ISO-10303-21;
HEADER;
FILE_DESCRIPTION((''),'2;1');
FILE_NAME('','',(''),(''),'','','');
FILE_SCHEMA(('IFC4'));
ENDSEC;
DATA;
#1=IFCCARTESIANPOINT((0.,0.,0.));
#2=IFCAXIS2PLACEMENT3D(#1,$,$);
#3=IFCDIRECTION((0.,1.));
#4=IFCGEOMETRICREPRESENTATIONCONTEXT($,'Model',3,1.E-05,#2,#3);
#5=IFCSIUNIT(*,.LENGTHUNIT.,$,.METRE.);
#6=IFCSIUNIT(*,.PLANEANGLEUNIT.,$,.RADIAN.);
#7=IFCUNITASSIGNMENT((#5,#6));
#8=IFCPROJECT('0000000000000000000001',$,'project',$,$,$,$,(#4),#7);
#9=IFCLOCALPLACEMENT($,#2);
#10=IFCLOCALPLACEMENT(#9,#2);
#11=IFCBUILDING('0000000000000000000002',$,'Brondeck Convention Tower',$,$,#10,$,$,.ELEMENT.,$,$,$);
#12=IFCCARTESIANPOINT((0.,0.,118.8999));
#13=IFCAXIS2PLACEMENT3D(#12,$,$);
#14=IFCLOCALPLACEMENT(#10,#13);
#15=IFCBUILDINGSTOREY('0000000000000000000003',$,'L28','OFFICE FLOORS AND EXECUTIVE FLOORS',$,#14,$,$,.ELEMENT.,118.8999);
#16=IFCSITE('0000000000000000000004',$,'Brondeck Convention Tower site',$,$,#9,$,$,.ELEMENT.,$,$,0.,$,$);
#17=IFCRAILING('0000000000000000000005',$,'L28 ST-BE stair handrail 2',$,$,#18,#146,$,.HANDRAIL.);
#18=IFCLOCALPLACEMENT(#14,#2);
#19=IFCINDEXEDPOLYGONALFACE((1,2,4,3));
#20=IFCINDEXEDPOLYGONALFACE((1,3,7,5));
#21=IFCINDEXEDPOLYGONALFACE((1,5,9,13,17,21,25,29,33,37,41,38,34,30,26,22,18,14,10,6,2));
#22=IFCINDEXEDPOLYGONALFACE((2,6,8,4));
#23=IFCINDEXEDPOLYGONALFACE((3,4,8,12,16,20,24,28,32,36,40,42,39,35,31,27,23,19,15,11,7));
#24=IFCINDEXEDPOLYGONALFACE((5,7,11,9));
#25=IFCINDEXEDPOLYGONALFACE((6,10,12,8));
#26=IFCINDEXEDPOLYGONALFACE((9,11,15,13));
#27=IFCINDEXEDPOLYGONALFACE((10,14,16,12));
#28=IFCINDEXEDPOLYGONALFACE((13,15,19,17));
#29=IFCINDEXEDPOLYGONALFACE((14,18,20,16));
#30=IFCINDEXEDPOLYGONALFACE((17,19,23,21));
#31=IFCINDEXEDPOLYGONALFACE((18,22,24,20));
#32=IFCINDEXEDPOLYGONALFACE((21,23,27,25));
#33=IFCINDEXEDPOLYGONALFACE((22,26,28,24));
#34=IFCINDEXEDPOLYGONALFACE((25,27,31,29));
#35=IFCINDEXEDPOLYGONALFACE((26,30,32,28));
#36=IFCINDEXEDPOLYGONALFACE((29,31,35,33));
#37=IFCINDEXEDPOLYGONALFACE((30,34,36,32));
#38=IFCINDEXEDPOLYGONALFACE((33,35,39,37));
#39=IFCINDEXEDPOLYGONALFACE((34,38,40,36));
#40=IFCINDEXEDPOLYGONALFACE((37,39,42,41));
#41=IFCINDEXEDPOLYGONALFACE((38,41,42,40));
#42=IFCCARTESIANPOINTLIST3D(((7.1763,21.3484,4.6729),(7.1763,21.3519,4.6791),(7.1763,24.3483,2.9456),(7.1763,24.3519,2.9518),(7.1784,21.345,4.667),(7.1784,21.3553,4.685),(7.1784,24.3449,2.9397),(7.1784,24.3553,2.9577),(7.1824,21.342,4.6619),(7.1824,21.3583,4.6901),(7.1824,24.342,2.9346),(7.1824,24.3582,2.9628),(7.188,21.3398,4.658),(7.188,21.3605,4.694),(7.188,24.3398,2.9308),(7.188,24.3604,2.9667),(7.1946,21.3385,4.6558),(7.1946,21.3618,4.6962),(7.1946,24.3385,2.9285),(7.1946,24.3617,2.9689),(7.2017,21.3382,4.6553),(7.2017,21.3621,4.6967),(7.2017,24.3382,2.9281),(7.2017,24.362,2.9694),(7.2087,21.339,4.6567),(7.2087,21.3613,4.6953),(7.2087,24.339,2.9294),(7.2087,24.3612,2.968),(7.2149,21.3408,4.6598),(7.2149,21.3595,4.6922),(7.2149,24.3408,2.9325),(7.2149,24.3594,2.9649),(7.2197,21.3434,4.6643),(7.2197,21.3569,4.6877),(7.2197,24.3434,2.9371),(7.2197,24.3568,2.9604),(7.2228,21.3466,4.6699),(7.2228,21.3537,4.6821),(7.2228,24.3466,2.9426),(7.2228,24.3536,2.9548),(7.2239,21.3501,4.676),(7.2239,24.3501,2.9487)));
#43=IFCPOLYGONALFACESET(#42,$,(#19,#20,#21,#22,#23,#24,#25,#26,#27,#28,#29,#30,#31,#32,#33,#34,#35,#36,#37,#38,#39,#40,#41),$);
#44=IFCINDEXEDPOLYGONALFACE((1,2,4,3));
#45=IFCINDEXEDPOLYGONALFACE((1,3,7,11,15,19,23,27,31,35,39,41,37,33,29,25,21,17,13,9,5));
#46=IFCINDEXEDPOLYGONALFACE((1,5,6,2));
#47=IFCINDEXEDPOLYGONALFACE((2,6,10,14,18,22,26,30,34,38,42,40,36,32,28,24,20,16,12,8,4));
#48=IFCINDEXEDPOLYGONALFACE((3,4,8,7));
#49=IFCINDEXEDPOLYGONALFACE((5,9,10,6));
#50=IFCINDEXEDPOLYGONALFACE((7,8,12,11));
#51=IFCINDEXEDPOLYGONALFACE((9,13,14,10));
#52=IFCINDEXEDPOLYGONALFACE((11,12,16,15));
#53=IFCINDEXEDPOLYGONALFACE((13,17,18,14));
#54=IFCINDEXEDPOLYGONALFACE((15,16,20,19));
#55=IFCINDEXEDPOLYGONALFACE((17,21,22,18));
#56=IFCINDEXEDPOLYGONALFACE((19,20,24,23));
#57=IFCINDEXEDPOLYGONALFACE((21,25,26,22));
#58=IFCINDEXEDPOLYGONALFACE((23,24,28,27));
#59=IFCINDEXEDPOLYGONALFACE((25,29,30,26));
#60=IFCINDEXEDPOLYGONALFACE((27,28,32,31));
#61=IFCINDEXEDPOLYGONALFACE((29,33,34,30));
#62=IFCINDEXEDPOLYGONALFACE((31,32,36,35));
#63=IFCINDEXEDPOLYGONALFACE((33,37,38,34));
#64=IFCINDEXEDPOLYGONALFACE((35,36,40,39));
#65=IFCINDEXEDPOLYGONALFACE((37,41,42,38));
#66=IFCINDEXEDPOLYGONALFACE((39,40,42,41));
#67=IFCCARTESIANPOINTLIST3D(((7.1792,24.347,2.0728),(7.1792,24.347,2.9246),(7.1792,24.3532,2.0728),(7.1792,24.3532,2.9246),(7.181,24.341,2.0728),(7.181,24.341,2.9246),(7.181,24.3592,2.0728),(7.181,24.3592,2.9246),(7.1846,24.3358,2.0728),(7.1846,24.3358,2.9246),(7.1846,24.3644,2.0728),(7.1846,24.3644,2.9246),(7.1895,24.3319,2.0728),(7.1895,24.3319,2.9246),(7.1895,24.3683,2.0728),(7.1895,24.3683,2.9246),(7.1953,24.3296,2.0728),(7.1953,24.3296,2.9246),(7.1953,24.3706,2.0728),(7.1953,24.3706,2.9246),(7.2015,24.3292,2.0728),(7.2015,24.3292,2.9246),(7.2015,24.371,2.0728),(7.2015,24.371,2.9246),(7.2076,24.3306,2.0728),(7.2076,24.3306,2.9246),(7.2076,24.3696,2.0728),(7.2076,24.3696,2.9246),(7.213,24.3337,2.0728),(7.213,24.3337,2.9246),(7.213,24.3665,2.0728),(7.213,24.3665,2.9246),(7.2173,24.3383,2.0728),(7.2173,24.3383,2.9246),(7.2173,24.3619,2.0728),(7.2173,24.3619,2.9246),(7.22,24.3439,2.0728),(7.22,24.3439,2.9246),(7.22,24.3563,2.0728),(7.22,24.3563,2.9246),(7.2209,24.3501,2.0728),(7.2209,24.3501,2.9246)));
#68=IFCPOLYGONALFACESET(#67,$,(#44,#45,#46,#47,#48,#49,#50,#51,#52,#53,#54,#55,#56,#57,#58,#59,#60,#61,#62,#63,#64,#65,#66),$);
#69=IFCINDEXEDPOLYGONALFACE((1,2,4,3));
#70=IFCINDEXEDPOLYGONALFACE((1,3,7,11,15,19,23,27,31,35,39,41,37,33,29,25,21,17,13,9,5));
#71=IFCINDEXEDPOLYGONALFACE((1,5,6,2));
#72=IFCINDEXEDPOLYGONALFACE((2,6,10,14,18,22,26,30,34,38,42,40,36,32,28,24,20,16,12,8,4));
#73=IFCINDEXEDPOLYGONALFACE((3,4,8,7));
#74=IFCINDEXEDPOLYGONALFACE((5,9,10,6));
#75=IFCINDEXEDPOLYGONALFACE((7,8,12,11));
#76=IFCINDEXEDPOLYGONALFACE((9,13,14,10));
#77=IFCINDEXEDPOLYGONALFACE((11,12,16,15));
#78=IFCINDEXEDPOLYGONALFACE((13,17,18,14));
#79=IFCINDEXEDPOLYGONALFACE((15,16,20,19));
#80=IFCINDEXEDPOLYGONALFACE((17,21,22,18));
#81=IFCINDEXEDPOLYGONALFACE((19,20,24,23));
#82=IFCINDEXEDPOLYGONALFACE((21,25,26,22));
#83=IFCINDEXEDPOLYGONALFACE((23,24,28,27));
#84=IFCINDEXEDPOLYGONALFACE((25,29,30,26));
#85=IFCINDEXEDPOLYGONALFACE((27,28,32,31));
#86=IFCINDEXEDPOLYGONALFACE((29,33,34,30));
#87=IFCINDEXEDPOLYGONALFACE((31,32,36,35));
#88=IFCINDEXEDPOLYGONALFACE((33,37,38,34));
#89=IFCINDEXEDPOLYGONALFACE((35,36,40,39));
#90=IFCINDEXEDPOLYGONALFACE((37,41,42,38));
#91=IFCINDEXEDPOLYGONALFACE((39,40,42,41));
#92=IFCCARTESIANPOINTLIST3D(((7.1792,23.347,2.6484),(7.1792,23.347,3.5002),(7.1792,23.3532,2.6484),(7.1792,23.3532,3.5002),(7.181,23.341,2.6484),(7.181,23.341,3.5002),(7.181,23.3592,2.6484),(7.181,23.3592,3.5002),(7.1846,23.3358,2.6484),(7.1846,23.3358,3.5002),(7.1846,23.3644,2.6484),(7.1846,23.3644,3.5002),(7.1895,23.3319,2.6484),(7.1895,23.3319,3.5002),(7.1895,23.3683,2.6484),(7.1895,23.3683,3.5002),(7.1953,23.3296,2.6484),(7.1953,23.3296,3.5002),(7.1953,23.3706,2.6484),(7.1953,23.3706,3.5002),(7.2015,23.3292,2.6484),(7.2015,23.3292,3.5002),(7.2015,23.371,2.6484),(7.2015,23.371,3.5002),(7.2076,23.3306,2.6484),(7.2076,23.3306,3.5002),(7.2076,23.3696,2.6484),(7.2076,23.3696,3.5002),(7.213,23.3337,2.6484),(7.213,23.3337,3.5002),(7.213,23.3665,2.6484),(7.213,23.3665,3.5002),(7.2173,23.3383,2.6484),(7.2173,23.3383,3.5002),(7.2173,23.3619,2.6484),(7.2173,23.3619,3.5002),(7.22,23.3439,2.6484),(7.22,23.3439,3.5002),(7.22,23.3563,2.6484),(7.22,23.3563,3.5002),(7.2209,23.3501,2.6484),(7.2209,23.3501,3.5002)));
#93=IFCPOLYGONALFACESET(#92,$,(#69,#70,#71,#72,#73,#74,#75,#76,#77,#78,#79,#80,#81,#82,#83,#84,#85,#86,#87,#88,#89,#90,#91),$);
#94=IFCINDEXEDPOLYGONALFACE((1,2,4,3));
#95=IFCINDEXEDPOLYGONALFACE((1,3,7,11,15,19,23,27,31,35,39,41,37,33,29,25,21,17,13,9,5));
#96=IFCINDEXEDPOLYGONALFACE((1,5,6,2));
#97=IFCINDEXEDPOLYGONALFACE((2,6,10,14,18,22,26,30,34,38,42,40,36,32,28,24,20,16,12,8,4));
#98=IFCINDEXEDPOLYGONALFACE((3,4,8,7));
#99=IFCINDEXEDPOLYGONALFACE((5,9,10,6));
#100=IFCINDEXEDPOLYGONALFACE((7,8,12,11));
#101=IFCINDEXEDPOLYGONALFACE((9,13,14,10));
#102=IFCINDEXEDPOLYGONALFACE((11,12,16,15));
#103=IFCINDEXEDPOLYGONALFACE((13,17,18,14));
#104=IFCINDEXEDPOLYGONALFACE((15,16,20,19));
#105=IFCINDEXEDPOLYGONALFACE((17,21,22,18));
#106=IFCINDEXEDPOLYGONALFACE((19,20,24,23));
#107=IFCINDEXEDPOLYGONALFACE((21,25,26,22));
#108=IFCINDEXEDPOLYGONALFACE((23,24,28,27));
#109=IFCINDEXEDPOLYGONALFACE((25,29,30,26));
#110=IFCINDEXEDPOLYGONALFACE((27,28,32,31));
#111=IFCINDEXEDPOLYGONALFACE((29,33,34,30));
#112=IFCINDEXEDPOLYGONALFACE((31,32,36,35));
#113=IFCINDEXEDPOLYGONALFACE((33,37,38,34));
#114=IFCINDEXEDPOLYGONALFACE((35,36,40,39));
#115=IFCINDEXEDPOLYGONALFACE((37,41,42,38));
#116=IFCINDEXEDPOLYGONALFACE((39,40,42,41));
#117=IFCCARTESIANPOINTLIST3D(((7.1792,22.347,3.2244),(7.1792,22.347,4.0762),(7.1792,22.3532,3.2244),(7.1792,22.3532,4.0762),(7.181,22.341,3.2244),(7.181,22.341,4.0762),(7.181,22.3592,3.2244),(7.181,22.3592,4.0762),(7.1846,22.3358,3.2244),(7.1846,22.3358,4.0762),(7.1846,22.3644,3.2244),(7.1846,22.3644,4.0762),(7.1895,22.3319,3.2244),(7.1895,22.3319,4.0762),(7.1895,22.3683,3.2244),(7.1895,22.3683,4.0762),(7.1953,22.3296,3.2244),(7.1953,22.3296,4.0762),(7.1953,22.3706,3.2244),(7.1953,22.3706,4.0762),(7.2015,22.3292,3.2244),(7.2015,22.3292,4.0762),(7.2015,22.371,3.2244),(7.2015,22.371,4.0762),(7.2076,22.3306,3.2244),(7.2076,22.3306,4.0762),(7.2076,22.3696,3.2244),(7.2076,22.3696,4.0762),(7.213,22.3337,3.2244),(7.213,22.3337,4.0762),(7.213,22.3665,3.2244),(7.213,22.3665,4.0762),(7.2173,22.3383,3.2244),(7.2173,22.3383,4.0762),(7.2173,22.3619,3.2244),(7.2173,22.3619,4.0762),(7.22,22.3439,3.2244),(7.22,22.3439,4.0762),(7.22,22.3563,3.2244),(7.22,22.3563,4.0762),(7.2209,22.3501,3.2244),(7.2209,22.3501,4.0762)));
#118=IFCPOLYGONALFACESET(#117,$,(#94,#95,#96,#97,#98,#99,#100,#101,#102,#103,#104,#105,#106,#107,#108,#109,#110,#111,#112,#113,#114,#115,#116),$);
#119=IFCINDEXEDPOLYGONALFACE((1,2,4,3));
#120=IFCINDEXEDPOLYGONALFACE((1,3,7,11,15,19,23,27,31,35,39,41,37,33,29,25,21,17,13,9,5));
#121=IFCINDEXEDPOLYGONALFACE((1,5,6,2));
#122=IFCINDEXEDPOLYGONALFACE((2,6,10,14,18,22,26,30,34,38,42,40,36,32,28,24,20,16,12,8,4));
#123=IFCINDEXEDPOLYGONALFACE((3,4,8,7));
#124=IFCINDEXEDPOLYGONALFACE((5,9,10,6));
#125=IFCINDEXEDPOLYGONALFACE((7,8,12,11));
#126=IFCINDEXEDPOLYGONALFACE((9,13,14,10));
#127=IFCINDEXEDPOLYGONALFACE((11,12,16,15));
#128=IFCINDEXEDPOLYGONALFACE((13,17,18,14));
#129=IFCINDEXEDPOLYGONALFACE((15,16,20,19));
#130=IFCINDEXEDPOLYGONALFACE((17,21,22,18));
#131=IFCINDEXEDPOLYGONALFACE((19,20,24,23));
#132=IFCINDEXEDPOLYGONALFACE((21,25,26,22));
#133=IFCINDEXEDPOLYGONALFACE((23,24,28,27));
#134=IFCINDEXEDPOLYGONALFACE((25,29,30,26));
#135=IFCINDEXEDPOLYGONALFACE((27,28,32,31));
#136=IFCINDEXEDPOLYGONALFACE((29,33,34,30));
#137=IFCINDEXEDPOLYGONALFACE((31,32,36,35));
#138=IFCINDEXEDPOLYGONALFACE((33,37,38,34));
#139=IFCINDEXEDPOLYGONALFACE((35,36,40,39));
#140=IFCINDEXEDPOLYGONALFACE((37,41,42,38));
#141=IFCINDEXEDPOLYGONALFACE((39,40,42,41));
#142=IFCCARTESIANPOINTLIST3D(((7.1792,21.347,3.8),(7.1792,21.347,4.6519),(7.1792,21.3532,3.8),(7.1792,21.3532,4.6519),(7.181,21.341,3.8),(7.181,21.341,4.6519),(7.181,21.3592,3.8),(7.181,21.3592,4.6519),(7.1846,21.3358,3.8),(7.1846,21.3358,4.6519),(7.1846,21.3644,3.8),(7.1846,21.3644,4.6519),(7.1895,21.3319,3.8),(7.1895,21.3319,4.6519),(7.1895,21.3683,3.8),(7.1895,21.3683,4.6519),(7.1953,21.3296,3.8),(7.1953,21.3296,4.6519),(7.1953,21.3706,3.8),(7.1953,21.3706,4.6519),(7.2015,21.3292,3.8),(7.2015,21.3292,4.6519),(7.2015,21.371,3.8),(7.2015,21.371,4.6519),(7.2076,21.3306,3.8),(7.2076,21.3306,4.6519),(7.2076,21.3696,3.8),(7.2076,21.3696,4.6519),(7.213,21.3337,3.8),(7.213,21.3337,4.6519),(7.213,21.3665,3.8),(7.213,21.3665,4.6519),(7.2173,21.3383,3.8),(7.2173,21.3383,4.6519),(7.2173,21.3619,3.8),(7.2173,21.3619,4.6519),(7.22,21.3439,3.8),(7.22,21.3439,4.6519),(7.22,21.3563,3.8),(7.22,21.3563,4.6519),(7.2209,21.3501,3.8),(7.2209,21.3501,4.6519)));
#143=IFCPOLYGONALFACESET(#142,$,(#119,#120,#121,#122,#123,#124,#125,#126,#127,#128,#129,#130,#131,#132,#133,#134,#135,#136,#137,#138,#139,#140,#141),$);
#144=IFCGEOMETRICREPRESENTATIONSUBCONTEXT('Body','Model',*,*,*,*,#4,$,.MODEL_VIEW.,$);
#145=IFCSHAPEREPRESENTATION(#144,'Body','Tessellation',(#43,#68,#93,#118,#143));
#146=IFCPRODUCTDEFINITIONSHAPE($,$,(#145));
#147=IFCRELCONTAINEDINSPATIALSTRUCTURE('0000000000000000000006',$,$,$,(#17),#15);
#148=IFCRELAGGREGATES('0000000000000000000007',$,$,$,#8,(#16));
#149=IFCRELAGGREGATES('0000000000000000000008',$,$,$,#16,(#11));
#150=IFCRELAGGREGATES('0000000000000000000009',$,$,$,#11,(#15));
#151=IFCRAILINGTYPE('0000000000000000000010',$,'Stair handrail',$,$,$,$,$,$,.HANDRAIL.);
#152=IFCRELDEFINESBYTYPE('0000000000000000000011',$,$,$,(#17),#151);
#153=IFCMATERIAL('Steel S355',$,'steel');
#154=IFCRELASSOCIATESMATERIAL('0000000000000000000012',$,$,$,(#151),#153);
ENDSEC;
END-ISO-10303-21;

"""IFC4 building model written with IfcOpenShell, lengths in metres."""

from ifc_helpers import new_model, si_unit, direction, frame, origin, origin_2d, place, context, subcontext, project, spatial, circle, extrude, material, type_object, element, save


model = new_model("IFC4")

# Units and contexts
model_context = context("Model", 3, precision=1e-05, world=origin(), true_north=direction((0.0, 1.0)))
body_context = subcontext(model_context, "Body", "Model", "MODEL_VIEW")
ifc_project = project(units=[si_unit("LENGTHUNIT", "METRE"), si_unit("PLANEANGLEUNIT", "RADIAN")], contexts=[model_context])

# Site, building, storey
site_placement = place(None, origin())
site = spatial("IfcSite", under=ifc_project, at=site_placement, Name="Brondeck Convention Tower site", CompositionType="ELEMENT", RefElevation=0.0)
building_placement = place(site_placement, origin())
building = spatial("IfcBuilding", under=site, at=building_placement, Name="Brondeck Convention Tower", CompositionType="ELEMENT")
storey_placement = place(building_placement, frame((0.0, 0.0, 118.8999)))
storey = spatial("IfcBuildingStorey", under=building, at=storey_placement, Name="L28", Description="OFFICE FLOORS AND EXECUTIVE FLOORS", CompositionType="ELEMENT", Elevation=118.8999)

# Shared definitions
ifc_material_1 = material(Name="Steel S355", Category="steel")

# Railing
railing_type_1 = type_object("IfcRailingType", Name="Stair handrail", PredefinedType="HANDRAIL", material=ifc_material_1)
railing_1_placement = place(storey_placement, frame((7.2, 24.3501, 2.0728)))
element("IfcRailing", 1, at=railing_1_placement, inside=storey, type_object=railing_type_1, Name="L28 ST-BE stair handrail 2", PredefinedType="HANDRAIL", context=body_context, shape_type="SweptSolid", body=[
    extrude(circle(Radius=0.0239, at=origin_2d()), frame((0.0, 0.0, 0.876), z_axis=(0.0, -0.86662, 0.498969), x_axis=(1.0, 0.0, 0.0)), (0.0, 0.0, 1.0), 3.4617),
    extrude(circle(Radius=0.021, at=origin_2d()), origin(), (0.0, 0.0, 1.0), 0.8518),
    extrude(circle(Radius=0.021, at=origin_2d()), frame((0.0, -1.0, 0.5757)), (0.0, 0.0, 1.0), 0.8518),
    extrude(circle(Radius=0.021, at=origin_2d()), frame((0.0, -2.0, 1.1516)), (0.0, 0.0, 1.0), 0.8518),
    extrude(circle(Radius=0.021, at=origin_2d()), frame((0.0, -3.0, 1.7273)), (0.0, 0.0, 1.0), 0.8518),
])

save(model, "model.ifc")
